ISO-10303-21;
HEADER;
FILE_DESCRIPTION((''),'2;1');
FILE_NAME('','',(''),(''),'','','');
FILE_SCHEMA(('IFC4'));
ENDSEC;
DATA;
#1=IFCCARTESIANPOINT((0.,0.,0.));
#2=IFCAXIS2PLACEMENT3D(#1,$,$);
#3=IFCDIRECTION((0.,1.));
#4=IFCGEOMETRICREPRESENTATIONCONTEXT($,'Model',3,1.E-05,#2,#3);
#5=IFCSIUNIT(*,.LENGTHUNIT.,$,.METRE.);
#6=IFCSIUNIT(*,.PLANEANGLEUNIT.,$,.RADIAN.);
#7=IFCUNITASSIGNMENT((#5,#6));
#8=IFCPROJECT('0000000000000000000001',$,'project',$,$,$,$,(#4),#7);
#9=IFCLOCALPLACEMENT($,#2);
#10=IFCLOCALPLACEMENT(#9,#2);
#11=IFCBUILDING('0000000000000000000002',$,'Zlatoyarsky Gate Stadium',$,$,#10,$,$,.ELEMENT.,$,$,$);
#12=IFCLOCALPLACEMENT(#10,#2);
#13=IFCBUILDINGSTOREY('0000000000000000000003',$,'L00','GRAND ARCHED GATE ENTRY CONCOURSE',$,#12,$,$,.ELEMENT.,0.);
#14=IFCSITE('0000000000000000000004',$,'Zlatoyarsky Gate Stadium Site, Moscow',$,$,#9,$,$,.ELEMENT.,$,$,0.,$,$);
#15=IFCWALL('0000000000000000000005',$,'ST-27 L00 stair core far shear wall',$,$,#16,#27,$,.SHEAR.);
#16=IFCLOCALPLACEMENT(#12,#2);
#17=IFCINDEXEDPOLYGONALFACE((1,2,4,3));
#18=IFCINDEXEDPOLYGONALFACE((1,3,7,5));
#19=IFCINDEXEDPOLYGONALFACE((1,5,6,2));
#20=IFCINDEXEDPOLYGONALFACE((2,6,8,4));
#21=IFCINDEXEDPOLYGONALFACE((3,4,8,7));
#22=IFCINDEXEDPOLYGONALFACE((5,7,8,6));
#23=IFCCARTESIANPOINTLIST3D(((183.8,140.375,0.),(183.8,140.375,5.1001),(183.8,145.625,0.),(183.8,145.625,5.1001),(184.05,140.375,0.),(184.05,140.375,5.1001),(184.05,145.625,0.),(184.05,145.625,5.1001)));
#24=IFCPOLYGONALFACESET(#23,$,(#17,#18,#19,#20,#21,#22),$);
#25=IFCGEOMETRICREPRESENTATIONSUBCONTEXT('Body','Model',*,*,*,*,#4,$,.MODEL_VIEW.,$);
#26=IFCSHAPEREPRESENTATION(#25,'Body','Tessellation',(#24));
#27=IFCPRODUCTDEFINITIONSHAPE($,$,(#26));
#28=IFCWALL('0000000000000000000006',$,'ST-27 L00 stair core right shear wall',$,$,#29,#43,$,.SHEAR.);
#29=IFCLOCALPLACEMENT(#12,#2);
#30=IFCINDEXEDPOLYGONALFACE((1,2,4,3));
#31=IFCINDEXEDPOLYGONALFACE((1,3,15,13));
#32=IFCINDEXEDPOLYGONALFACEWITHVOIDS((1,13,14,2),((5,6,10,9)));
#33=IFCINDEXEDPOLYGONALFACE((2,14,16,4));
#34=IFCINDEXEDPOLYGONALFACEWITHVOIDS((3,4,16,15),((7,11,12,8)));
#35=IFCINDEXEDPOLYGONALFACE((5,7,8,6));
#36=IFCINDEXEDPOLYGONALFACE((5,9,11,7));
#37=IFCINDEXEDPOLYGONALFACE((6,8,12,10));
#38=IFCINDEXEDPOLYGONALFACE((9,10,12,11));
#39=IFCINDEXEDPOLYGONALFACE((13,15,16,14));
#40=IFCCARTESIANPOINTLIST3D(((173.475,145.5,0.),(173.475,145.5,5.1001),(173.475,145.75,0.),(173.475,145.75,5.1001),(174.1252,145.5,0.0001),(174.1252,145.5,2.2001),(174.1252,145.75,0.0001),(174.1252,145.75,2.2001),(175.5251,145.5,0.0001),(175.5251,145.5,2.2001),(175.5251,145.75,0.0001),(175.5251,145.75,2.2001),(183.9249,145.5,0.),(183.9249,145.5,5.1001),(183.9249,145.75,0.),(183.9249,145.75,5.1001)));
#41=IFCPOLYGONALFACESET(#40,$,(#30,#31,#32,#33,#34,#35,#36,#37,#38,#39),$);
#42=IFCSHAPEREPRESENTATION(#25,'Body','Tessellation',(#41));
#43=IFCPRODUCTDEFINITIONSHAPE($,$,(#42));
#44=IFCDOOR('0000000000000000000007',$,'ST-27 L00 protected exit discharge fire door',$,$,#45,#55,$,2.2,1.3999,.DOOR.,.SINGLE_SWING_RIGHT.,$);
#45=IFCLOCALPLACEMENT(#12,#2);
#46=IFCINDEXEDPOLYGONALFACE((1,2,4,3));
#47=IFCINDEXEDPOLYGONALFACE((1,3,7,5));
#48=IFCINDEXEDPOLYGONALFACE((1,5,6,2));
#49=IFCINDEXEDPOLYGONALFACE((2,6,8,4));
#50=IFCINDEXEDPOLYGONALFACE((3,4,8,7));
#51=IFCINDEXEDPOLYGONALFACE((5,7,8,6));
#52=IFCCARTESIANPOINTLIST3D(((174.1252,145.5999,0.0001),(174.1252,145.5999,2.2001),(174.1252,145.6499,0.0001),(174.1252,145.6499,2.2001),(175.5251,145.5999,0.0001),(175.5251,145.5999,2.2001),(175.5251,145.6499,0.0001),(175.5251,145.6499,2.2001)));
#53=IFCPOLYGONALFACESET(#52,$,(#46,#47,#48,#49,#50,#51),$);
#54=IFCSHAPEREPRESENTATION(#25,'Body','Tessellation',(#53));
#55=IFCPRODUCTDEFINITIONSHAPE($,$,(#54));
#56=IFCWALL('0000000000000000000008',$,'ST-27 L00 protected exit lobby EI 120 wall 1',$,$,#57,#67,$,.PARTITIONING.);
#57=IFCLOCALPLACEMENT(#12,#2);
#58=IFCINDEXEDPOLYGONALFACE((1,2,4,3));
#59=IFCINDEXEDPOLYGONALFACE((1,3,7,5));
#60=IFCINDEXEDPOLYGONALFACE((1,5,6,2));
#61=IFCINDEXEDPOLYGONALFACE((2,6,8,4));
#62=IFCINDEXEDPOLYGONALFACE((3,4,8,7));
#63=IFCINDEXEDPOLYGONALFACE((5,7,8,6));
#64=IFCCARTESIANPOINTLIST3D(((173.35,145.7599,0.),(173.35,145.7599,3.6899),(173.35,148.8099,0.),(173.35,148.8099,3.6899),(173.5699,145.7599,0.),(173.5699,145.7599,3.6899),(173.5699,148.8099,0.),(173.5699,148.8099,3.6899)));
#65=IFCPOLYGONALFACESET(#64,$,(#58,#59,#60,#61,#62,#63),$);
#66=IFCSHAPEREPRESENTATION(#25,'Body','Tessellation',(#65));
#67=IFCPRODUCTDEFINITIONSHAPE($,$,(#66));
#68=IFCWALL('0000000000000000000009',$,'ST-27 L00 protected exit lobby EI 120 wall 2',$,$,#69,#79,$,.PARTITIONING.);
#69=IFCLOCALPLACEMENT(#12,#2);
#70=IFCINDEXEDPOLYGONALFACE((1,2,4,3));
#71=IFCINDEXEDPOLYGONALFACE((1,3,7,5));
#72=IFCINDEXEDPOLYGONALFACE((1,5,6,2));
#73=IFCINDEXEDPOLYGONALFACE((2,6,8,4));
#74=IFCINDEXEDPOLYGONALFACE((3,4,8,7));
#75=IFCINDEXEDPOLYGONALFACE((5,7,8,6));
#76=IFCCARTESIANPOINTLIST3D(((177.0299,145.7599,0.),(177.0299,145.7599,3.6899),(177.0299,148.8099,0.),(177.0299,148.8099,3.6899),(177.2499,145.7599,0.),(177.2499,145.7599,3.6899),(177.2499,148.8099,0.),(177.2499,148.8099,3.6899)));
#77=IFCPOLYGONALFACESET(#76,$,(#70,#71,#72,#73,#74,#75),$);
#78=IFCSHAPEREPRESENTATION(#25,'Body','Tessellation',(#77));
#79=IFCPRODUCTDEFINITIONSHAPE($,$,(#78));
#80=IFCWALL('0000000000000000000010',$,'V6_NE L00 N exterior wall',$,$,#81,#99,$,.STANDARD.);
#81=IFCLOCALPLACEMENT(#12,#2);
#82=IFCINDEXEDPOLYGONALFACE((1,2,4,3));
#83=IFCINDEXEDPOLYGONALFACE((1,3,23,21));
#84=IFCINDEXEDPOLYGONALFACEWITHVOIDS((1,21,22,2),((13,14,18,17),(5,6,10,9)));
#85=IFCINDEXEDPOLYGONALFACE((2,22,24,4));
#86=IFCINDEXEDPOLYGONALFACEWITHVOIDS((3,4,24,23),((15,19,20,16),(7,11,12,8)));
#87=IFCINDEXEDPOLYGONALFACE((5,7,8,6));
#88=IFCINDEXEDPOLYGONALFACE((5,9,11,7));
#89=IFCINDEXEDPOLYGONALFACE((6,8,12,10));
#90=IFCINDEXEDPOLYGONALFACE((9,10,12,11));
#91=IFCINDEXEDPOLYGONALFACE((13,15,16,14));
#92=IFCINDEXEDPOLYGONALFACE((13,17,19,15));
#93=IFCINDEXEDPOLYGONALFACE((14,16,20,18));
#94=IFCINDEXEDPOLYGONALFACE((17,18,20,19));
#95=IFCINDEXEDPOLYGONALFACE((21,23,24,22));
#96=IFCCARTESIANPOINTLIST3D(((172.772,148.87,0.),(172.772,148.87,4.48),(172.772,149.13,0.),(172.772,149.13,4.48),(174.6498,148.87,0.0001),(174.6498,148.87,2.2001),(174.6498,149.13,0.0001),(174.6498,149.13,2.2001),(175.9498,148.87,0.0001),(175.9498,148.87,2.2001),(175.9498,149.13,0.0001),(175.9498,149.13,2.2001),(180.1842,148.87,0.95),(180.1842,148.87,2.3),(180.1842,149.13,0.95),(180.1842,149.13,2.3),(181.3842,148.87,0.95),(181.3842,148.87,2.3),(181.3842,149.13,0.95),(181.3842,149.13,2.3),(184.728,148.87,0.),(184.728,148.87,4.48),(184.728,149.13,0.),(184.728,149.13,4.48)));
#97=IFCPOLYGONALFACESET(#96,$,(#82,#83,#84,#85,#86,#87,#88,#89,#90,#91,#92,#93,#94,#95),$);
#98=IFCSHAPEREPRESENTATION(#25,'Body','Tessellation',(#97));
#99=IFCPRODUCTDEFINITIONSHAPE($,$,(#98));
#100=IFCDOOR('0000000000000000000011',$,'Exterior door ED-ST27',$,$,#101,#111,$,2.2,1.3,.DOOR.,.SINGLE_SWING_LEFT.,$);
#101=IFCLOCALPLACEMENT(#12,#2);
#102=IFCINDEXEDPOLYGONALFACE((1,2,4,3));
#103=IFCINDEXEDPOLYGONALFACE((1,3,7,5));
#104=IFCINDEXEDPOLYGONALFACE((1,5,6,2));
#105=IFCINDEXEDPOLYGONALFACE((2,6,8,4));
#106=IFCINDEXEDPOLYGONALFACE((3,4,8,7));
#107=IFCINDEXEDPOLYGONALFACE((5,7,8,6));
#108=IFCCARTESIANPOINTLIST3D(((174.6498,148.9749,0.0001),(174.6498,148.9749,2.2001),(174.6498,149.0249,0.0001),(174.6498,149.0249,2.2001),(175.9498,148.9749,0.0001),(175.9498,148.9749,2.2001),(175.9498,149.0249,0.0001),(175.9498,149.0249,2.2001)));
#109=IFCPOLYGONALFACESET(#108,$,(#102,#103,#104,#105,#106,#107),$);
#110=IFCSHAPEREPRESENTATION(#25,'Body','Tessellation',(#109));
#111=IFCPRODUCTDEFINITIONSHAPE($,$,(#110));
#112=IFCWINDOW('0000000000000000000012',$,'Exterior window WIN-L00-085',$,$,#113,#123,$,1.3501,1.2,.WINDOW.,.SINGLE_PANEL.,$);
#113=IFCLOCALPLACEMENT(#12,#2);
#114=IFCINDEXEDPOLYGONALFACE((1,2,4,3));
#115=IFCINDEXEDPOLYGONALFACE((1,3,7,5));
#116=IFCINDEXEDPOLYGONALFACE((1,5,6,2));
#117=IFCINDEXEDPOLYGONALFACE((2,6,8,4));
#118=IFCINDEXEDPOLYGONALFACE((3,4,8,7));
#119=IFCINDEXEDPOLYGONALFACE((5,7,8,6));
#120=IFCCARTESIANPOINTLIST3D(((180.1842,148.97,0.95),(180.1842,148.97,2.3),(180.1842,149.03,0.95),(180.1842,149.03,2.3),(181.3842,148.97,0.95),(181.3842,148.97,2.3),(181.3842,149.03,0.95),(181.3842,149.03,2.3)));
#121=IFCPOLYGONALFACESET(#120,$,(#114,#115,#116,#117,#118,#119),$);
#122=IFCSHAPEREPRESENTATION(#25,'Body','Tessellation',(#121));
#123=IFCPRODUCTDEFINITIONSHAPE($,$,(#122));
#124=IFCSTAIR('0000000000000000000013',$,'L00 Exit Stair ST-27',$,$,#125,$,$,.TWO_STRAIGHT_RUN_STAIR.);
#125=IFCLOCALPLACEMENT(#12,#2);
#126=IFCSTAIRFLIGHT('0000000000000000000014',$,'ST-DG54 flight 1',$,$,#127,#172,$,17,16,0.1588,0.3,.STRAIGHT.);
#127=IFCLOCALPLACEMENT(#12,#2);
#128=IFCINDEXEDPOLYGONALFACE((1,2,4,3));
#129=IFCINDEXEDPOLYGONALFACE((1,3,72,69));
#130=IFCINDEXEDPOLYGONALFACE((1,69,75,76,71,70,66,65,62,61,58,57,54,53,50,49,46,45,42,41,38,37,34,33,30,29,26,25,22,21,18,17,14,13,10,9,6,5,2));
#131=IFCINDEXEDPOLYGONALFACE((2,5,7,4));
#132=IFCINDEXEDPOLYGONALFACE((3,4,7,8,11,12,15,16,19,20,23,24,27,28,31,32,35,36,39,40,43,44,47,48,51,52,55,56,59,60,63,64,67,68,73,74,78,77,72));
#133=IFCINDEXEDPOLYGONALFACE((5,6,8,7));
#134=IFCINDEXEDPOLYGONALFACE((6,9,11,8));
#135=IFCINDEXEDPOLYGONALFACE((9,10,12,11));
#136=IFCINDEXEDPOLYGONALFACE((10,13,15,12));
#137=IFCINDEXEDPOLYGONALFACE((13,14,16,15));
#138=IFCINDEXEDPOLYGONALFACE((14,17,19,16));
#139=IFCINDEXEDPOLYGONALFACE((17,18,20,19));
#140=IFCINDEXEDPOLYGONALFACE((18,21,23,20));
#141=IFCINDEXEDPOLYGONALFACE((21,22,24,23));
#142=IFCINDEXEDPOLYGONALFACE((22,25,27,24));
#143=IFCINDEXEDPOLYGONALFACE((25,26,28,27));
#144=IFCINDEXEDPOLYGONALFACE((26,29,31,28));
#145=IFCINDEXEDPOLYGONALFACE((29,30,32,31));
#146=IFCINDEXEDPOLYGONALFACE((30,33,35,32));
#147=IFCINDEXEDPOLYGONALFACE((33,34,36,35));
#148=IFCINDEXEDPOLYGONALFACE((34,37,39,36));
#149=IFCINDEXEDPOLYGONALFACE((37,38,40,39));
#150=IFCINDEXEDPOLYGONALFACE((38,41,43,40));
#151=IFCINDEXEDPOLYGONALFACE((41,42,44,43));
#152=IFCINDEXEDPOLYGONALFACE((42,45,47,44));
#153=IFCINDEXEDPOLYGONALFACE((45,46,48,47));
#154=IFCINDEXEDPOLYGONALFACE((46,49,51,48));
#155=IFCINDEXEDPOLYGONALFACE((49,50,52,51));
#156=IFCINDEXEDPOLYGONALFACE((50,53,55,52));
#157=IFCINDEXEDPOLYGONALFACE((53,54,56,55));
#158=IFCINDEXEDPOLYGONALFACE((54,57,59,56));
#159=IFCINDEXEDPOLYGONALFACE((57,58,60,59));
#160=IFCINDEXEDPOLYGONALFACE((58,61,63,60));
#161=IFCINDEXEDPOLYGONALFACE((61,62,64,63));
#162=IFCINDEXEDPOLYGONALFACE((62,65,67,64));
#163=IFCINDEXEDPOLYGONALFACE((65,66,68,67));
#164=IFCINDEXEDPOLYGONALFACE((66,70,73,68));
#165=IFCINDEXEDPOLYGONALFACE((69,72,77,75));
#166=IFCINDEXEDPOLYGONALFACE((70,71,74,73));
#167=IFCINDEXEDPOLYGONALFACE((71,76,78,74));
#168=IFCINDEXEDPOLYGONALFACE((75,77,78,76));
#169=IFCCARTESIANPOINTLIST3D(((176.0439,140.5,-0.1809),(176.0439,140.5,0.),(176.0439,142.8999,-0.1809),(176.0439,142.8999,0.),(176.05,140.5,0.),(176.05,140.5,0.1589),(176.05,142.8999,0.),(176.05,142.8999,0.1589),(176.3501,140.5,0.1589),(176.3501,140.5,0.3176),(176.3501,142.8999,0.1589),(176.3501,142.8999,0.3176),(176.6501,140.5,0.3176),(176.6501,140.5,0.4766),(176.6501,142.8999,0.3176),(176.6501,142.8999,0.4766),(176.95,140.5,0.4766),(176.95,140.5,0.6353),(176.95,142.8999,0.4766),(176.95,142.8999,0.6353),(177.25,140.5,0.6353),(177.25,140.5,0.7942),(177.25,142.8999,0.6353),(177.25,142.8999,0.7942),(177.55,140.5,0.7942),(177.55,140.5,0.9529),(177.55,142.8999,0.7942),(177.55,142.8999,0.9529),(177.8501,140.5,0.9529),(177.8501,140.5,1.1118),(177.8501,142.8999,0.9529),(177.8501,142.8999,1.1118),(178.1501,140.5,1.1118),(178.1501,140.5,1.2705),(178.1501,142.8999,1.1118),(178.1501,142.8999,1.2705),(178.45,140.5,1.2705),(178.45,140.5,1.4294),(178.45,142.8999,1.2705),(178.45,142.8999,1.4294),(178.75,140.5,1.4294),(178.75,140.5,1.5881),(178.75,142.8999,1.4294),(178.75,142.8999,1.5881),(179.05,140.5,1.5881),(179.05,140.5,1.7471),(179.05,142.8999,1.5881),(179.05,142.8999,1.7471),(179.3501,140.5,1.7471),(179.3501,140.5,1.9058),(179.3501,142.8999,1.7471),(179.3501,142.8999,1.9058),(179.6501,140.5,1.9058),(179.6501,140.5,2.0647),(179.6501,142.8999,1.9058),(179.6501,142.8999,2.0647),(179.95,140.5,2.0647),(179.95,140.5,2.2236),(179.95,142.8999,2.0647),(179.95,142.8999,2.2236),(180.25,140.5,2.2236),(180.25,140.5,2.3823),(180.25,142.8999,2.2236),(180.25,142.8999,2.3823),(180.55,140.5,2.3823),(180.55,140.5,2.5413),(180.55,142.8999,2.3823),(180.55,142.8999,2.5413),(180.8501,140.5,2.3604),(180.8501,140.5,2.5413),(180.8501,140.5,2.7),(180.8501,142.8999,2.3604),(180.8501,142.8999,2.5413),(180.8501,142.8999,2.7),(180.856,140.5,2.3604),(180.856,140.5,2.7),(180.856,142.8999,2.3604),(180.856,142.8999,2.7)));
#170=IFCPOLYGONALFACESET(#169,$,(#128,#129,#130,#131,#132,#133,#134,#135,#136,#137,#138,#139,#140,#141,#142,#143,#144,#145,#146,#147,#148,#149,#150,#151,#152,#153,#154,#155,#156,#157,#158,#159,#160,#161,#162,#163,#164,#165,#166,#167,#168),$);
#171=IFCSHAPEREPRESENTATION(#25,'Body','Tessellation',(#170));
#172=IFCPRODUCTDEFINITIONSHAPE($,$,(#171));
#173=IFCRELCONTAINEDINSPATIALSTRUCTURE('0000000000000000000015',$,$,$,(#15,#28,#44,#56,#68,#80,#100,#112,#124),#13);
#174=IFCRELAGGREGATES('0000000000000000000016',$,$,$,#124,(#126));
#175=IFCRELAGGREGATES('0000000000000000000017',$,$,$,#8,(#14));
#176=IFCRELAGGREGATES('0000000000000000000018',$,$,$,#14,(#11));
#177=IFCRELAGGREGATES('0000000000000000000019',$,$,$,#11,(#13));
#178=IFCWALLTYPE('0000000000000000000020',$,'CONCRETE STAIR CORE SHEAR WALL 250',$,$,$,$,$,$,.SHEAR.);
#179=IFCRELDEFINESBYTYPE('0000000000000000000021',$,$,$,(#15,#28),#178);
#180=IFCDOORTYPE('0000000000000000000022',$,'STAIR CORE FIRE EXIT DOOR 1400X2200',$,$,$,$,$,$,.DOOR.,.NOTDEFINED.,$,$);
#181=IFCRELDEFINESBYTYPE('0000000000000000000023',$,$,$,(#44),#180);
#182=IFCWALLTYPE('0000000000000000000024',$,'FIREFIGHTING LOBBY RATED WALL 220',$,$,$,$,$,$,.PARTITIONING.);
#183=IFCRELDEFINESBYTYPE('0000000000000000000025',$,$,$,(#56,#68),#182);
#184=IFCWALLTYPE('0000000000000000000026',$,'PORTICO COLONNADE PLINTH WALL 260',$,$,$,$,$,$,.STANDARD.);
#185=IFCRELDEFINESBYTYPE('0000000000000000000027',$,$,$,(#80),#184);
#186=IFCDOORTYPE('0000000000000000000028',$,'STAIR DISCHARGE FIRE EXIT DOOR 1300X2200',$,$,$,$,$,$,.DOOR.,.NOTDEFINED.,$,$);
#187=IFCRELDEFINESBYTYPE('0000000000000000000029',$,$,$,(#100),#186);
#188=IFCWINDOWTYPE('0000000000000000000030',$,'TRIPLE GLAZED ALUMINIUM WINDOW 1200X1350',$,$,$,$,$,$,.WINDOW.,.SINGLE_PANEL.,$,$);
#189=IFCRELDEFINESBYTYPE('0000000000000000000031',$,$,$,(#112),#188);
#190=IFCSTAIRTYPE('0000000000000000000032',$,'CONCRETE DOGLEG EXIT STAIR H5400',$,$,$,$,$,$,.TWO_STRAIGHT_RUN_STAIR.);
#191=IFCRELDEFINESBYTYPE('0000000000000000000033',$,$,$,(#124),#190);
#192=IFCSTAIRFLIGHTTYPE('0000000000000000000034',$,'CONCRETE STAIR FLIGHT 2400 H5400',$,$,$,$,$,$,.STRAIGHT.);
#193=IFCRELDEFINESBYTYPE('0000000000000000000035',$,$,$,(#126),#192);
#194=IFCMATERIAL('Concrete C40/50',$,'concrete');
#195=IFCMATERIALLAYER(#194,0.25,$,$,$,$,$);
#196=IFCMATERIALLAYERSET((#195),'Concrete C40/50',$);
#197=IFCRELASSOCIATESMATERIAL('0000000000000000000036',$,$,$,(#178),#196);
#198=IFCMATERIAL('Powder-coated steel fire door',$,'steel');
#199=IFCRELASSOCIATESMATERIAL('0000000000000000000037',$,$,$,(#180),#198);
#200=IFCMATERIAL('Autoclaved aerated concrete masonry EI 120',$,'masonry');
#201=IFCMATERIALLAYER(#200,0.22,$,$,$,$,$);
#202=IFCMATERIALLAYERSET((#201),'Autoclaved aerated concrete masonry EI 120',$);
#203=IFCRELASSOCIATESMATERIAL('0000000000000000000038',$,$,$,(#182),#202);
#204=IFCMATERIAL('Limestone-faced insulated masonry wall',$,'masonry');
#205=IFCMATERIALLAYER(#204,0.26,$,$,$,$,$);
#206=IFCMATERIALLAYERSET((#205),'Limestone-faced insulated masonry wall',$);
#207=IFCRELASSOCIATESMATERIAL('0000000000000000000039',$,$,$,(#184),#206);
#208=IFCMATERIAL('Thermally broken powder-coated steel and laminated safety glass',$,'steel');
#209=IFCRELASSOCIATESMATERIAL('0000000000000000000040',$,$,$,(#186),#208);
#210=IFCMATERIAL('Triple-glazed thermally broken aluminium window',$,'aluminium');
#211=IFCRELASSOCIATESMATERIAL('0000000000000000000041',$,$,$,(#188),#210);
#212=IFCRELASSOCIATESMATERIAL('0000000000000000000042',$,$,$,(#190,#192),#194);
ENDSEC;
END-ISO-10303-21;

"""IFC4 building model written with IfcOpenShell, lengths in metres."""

from ifc_helpers import new_model, si_unit, direction, frame, frame_2d, origin, place, context, subcontext, project, spatial, polyline, rectangle, outline, extrude, material, layer, layer_set, type_object, element, fill, aggregate, save


model = new_model("IFC4")

# Units and contexts
model_context = context("Model", 3, precision=1e-05, world=origin(), true_north=direction((0.0, 1.0)))
body_context = subcontext(model_context, "Body", "Model", "MODEL_VIEW")
ifc_project = project(units=[si_unit("LENGTHUNIT", "METRE"), si_unit("PLANEANGLEUNIT", "RADIAN")], contexts=[model_context])

# Site, building, storey
site_placement = place(None, origin())
site = spatial("IfcSite", under=ifc_project, at=site_placement, Name="Zlatoyarsky Gate Stadium Site, Moscow", CompositionType="ELEMENT", RefElevation=0.0)
building_placement = place(site_placement, origin())
building = spatial("IfcBuilding", under=site, at=building_placement, Name="Zlatoyarsky Gate Stadium", CompositionType="ELEMENT")
storey_placement = place(building_placement, origin())
storey = spatial("IfcBuildingStorey", under=building, at=storey_placement, Name="L00", Description="GRAND ARCHED GATE ENTRY CONCOURSE", CompositionType="ELEMENT", Elevation=0.0)

# Shared definitions
ifc_material_1 = material(Name="Concrete C40/50", Category="concrete")

# Wall
ifc_layer_1 = layer(ifc_material_1, 0.25)
ifc_layer_set_1 = layer_set([ifc_layer_1], Name="Concrete C40/50")
wall_type_1 = type_object("IfcWallType", Name="CONCRETE STAIR CORE SHEAR WALL 250", PredefinedType="SHEAR", material=ifc_layer_set_1)
wall_1_placement = place(storey_placement, frame((183.925, 140.375, 0.0), z_axis=(0.0, 0.0, 1.0), x_axis=(0.0, 1.0, 0.0)))
element("IfcWall", 1, at=wall_1_placement, inside=storey, type_object=wall_type_1, Name="ST-27 L00 stair core far shear wall", PredefinedType="SHEAR", context=body_context, shape_type="SweptSolid", body=[
    extrude(rectangle(XDim=5.25, YDim=0.25, at=frame_2d((2.625, 0.0))), origin(), (0.0, 0.0, 1.0), 5.1001),
])

# Wall, opening, door
wall_2_placement = place(storey_placement, frame((183.925, 145.625, 0.0), z_axis=(0.0, 0.0, 1.0), x_axis=(-1.0, 0.0, 0.0)))
wall_2 = element("IfcWall", 2, at=wall_2_placement, inside=storey, type_object=wall_type_1, Name="ST-27 L00 stair core right shear wall", PredefinedType="SHEAR", context=body_context, shape_type="SweptSolid", body=[
    extrude(rectangle(XDim=10.45, YDim=0.25, at=frame_2d((5.2251, 0.0))), origin(), (0.0, 0.0, 1.0), 5.1001),
])
opening_1_placement = place(wall_2_placement, frame((8.3999, 0.0, 0.0)))
opening_1 = element("IfcOpeningElement", 3, at=opening_1_placement, cuts=wall_2, PredefinedType="OPENING", context=body_context, shape_type="SweptSolid", body=[
    extrude(rectangle(XDim=1.3999, YDim=2.2, at=frame_2d((0.7, 1.1001))), frame((0.0, 0.135, 0.0), z_axis=(0.0, -1.0, 0.0), x_axis=(1.0, 0.0, 0.0)), (0.0, 0.0, 1.0), 0.27),
])
ifc_material_2 = material(Name="Powder-coated steel fire door", Category="steel")
door_type_1 = type_object("IfcDoorType", Name="STAIR CORE FIRE EXIT DOOR 1400X2200", OperationType="NOTDEFINED", PredefinedType="DOOR", material=ifc_material_2)
door_1_placement = place(opening_1_placement, frame((1.3999, 0.0, 0.0), z_axis=(0.0, 0.0, 1.0), x_axis=(-1.0, 0.0, 0.0)))
door_1 = element("IfcDoor", 4, at=door_1_placement, inside=storey, type_object=door_type_1, Name="ST-27 L00 protected exit discharge fire door", OperationType="SINGLE_SWING_RIGHT", OverallHeight=2.2, OverallWidth=1.3999, PredefinedType="DOOR", context=body_context, shape_type="SweptSolid", body=[
    extrude(rectangle(XDim=1.3999, YDim=2.2, at=frame_2d((0.7, 1.1001))), frame((0.0, 0.0249, 0.0), z_axis=(0.0, -1.0, 0.0), x_axis=(1.0, 0.0, 0.0)), (0.0, 0.0, 1.0), 0.05),
])
fill(opening_1, door_1)

# Walls
ifc_material_3 = material(Name="Autoclaved aerated concrete masonry EI 120", Category="masonry")
ifc_layer_2 = layer(ifc_material_3, 0.22)
ifc_layer_set_2 = layer_set([ifc_layer_2], Name="Autoclaved aerated concrete masonry EI 120")
wall_type_2 = type_object("IfcWallType", Name="FIREFIGHTING LOBBY RATED WALL 220", PredefinedType="PARTITIONING", material=ifc_layer_set_2)
for number, where, z_axis, x_axis, name in (
    (5, (173.46, 145.76, 0.0), (0.0, 0.0, 1.0), (0.0, 1.0, 0.0), "ST-27 L00 protected exit lobby EI 120 wall 1"),
    (6, (177.1399, 145.76, 0.0), (0.0, 0.0, 1.0), (0.0, 1.0, 0.0), "ST-27 L00 protected exit lobby EI 120 wall 2"),
):
    element("IfcWall", number, at=place(storey_placement, frame(where, z_axis=z_axis, x_axis=x_axis)), inside=storey, type_object=wall_type_2, Name=name, PredefinedType="PARTITIONING", context=body_context, shape_type="SweptSolid", body=[
        extrude(rectangle(XDim=3.05, YDim=0.22, at=frame_2d((1.5249, 0.0))), origin(), (0.0, 0.0, 1.0), 3.6899),
    ])

# Wall, openings, door, window
ifc_material_4 = material(Name="Limestone-faced insulated masonry wall", Category="masonry")
ifc_layer_3 = layer(ifc_material_4, 0.26)
ifc_layer_set_3 = layer_set([ifc_layer_3], Name="Limestone-faced insulated masonry wall")
wall_type_3 = type_object("IfcWallType", Name="PORTICO COLONNADE PLINTH WALL 260", PredefinedType="STANDARD", material=ifc_layer_set_3)
wall_3_placement = place(storey_placement, frame((172.772, 149.0, 0.0), z_axis=(0.0, 0.0, 1.0), x_axis=(1.0, 0.0, 0.0)))
wall_3 = element("IfcWall", 7, at=wall_3_placement, inside=storey, type_object=wall_type_3, Name="V6_NE L00 N exterior wall", PredefinedType="STANDARD", context=body_context, shape_type="SweptSolid", body=[
    extrude(rectangle(XDim=11.9561, YDim=0.26, at=frame_2d((5.978, 0.0))), origin(), (0.0, 0.0, 1.0), 4.48),
])
opening_2_placement = place(wall_3_placement, frame((1.8779, 0.0, 0.0)))
opening_2 = element("IfcOpeningElement", 8, at=opening_2_placement, cuts=wall_3, PredefinedType="OPENING", context=body_context, shape_type="SweptSolid", body=[
    extrude(rectangle(XDim=1.3, YDim=2.2, at=frame_2d((0.6499, 1.1001))), frame((0.0, 0.1399, 0.0), z_axis=(0.0, -1.0, 0.0), x_axis=(1.0, 0.0, 0.0)), (0.0, 0.0, 1.0), 0.28),
])
opening_3_placement = place(wall_3_placement, frame((7.4121, 0.0, 0.95)))
opening_3 = element("IfcOpeningElement", 9, at=opening_3_placement, cuts=wall_3, PredefinedType="OPENING", context=body_context, shape_type="SweptSolid", body=[
    extrude(rectangle(XDim=1.2, YDim=1.3501, at=frame_2d((0.6001, 0.675))), frame((0.0, 0.1399, 0.0), z_axis=(0.0, -1.0, 0.0), x_axis=(1.0, 0.0, 0.0)), (0.0, 0.0, 1.0), 0.28),
])
ifc_material_5 = material(Name="Thermally broken powder-coated steel and laminated safety glass", Category="steel")
door_type_2 = type_object("IfcDoorType", Name="STAIR DISCHARGE FIRE EXIT DOOR 1300X2200", OperationType="NOTDEFINED", PredefinedType="DOOR", material=ifc_material_5)
door_2_placement = place(opening_2_placement, origin())
door_2 = element("IfcDoor", 10, at=door_2_placement, inside=storey, type_object=door_type_2, Name="Exterior door ED-ST27", OperationType="SINGLE_SWING_LEFT", OverallHeight=2.2, OverallWidth=1.3, PredefinedType="DOOR", context=body_context, shape_type="SweptSolid", body=[
    extrude(rectangle(XDim=1.3, YDim=2.2, at=frame_2d((0.6499, 1.1001))), frame((0.0, 0.0249, 0.0), z_axis=(0.0, -1.0, 0.0), x_axis=(1.0, 0.0, 0.0)), (0.0, 0.0, 1.0), 0.05),
])
fill(opening_2, door_2)
ifc_material_6 = material(Name="Triple-glazed thermally broken aluminium window", Category="aluminium")
window_type = type_object("IfcWindowType", Name="TRIPLE GLAZED ALUMINIUM WINDOW 1200X1350", PartitioningType="SINGLE_PANEL", PredefinedType="WINDOW", material=ifc_material_6)
window_placement = place(opening_3_placement, origin())
window = element("IfcWindow", 11, at=window_placement, inside=storey, type_object=window_type, Name="Exterior window WIN-L00-085", OverallHeight=1.3501, OverallWidth=1.2, PartitioningType="SINGLE_PANEL", PredefinedType="WINDOW", context=body_context, shape_type="SweptSolid", body=[
    extrude(rectangle(XDim=1.2, YDim=1.3501, at=frame_2d((0.6001, 0.675))), frame((0.0, 0.03, 0.0), z_axis=(0.0, -1.0, 0.0), x_axis=(1.0, 0.0, 0.0)), (0.0, 0.0, 1.0), 0.0601),
])
fill(opening_3, window)

# Stair, stair flight
stair_type = type_object("IfcStairType", Name="CONCRETE DOGLEG EXIT STAIR H5400", PredefinedType="TWO_STRAIGHT_RUN_STAIR", material=ifc_material_1)
stair_placement = place(storey_placement, origin())
stair = element("IfcStair", 12, at=stair_placement, inside=storey, type_object=stair_type, Name="L00 Exit Stair ST-27", PredefinedType="TWO_STRAIGHT_RUN_STAIR")
stair_flight_type = type_object("IfcStairFlightType", Name="CONCRETE STAIR FLIGHT 2400 H5400", PredefinedType="STRAIGHT", material=ifc_material_1)
stair_flight_1_placement = place(storey_placement, frame((176.05, 141.7, 0.0), z_axis=(0.0, 0.0, 1.0), x_axis=(1.0, 0.0, 0.0)))
stair_flight_1 = element("IfcStairFlight", 13, at=stair_flight_1_placement, type_object=stair_flight_type, Name="ST-DG54 flight 1", NumberOfRisers=17, NumberOfTreads=16, PredefinedType="STRAIGHT", RiserHeight=0.1588, TreadLength=0.3, context=body_context, shape_type="SweptSolid", body=[
    extrude(outline(polyline([(-0.0061, -0.1809), (-0.0061, 0.0), (0.0, 0.0), (0.0, 0.1589), (0.3, 0.1589), (0.3, 0.3176), (0.6001, 0.3176), (0.6001, 0.4766), (0.8999, 0.4766), (0.8999, 0.6353), (1.2, 0.6353), (1.2, 0.7942), (1.5, 0.7942), (1.5, 0.9529), (1.8, 0.9529), (1.8, 1.1118), (2.1001, 1.1118), (2.1001, 1.2705), (2.3999, 1.2705), (2.3999, 1.4294), (2.7, 1.4294), (2.7, 1.5881), (3.0, 1.5881), (3.0, 1.7471), (3.3, 1.7471), (3.3, 1.9058), (3.6001, 1.9058), (3.6001, 2.0647), (3.8999, 2.0647), (3.8999, 2.2236), (4.2, 2.2236), (4.2, 2.3823), (4.5, 2.3823), (4.5, 2.5413), (4.8, 2.5413), (4.8, 2.7), (4.8059, 2.7), (4.8059, 2.3604), (4.8, 2.3604), (-0.0061, -0.1809)])), frame((0.0, 1.2, 0.0), z_axis=(0.0, -1.0, 0.0), x_axis=(1.0, 0.0, 0.0)), (0.0, 0.0, 1.0), 2.3999),
])
aggregate(stair, [stair_flight_1])

save(model, "model.ifc")
